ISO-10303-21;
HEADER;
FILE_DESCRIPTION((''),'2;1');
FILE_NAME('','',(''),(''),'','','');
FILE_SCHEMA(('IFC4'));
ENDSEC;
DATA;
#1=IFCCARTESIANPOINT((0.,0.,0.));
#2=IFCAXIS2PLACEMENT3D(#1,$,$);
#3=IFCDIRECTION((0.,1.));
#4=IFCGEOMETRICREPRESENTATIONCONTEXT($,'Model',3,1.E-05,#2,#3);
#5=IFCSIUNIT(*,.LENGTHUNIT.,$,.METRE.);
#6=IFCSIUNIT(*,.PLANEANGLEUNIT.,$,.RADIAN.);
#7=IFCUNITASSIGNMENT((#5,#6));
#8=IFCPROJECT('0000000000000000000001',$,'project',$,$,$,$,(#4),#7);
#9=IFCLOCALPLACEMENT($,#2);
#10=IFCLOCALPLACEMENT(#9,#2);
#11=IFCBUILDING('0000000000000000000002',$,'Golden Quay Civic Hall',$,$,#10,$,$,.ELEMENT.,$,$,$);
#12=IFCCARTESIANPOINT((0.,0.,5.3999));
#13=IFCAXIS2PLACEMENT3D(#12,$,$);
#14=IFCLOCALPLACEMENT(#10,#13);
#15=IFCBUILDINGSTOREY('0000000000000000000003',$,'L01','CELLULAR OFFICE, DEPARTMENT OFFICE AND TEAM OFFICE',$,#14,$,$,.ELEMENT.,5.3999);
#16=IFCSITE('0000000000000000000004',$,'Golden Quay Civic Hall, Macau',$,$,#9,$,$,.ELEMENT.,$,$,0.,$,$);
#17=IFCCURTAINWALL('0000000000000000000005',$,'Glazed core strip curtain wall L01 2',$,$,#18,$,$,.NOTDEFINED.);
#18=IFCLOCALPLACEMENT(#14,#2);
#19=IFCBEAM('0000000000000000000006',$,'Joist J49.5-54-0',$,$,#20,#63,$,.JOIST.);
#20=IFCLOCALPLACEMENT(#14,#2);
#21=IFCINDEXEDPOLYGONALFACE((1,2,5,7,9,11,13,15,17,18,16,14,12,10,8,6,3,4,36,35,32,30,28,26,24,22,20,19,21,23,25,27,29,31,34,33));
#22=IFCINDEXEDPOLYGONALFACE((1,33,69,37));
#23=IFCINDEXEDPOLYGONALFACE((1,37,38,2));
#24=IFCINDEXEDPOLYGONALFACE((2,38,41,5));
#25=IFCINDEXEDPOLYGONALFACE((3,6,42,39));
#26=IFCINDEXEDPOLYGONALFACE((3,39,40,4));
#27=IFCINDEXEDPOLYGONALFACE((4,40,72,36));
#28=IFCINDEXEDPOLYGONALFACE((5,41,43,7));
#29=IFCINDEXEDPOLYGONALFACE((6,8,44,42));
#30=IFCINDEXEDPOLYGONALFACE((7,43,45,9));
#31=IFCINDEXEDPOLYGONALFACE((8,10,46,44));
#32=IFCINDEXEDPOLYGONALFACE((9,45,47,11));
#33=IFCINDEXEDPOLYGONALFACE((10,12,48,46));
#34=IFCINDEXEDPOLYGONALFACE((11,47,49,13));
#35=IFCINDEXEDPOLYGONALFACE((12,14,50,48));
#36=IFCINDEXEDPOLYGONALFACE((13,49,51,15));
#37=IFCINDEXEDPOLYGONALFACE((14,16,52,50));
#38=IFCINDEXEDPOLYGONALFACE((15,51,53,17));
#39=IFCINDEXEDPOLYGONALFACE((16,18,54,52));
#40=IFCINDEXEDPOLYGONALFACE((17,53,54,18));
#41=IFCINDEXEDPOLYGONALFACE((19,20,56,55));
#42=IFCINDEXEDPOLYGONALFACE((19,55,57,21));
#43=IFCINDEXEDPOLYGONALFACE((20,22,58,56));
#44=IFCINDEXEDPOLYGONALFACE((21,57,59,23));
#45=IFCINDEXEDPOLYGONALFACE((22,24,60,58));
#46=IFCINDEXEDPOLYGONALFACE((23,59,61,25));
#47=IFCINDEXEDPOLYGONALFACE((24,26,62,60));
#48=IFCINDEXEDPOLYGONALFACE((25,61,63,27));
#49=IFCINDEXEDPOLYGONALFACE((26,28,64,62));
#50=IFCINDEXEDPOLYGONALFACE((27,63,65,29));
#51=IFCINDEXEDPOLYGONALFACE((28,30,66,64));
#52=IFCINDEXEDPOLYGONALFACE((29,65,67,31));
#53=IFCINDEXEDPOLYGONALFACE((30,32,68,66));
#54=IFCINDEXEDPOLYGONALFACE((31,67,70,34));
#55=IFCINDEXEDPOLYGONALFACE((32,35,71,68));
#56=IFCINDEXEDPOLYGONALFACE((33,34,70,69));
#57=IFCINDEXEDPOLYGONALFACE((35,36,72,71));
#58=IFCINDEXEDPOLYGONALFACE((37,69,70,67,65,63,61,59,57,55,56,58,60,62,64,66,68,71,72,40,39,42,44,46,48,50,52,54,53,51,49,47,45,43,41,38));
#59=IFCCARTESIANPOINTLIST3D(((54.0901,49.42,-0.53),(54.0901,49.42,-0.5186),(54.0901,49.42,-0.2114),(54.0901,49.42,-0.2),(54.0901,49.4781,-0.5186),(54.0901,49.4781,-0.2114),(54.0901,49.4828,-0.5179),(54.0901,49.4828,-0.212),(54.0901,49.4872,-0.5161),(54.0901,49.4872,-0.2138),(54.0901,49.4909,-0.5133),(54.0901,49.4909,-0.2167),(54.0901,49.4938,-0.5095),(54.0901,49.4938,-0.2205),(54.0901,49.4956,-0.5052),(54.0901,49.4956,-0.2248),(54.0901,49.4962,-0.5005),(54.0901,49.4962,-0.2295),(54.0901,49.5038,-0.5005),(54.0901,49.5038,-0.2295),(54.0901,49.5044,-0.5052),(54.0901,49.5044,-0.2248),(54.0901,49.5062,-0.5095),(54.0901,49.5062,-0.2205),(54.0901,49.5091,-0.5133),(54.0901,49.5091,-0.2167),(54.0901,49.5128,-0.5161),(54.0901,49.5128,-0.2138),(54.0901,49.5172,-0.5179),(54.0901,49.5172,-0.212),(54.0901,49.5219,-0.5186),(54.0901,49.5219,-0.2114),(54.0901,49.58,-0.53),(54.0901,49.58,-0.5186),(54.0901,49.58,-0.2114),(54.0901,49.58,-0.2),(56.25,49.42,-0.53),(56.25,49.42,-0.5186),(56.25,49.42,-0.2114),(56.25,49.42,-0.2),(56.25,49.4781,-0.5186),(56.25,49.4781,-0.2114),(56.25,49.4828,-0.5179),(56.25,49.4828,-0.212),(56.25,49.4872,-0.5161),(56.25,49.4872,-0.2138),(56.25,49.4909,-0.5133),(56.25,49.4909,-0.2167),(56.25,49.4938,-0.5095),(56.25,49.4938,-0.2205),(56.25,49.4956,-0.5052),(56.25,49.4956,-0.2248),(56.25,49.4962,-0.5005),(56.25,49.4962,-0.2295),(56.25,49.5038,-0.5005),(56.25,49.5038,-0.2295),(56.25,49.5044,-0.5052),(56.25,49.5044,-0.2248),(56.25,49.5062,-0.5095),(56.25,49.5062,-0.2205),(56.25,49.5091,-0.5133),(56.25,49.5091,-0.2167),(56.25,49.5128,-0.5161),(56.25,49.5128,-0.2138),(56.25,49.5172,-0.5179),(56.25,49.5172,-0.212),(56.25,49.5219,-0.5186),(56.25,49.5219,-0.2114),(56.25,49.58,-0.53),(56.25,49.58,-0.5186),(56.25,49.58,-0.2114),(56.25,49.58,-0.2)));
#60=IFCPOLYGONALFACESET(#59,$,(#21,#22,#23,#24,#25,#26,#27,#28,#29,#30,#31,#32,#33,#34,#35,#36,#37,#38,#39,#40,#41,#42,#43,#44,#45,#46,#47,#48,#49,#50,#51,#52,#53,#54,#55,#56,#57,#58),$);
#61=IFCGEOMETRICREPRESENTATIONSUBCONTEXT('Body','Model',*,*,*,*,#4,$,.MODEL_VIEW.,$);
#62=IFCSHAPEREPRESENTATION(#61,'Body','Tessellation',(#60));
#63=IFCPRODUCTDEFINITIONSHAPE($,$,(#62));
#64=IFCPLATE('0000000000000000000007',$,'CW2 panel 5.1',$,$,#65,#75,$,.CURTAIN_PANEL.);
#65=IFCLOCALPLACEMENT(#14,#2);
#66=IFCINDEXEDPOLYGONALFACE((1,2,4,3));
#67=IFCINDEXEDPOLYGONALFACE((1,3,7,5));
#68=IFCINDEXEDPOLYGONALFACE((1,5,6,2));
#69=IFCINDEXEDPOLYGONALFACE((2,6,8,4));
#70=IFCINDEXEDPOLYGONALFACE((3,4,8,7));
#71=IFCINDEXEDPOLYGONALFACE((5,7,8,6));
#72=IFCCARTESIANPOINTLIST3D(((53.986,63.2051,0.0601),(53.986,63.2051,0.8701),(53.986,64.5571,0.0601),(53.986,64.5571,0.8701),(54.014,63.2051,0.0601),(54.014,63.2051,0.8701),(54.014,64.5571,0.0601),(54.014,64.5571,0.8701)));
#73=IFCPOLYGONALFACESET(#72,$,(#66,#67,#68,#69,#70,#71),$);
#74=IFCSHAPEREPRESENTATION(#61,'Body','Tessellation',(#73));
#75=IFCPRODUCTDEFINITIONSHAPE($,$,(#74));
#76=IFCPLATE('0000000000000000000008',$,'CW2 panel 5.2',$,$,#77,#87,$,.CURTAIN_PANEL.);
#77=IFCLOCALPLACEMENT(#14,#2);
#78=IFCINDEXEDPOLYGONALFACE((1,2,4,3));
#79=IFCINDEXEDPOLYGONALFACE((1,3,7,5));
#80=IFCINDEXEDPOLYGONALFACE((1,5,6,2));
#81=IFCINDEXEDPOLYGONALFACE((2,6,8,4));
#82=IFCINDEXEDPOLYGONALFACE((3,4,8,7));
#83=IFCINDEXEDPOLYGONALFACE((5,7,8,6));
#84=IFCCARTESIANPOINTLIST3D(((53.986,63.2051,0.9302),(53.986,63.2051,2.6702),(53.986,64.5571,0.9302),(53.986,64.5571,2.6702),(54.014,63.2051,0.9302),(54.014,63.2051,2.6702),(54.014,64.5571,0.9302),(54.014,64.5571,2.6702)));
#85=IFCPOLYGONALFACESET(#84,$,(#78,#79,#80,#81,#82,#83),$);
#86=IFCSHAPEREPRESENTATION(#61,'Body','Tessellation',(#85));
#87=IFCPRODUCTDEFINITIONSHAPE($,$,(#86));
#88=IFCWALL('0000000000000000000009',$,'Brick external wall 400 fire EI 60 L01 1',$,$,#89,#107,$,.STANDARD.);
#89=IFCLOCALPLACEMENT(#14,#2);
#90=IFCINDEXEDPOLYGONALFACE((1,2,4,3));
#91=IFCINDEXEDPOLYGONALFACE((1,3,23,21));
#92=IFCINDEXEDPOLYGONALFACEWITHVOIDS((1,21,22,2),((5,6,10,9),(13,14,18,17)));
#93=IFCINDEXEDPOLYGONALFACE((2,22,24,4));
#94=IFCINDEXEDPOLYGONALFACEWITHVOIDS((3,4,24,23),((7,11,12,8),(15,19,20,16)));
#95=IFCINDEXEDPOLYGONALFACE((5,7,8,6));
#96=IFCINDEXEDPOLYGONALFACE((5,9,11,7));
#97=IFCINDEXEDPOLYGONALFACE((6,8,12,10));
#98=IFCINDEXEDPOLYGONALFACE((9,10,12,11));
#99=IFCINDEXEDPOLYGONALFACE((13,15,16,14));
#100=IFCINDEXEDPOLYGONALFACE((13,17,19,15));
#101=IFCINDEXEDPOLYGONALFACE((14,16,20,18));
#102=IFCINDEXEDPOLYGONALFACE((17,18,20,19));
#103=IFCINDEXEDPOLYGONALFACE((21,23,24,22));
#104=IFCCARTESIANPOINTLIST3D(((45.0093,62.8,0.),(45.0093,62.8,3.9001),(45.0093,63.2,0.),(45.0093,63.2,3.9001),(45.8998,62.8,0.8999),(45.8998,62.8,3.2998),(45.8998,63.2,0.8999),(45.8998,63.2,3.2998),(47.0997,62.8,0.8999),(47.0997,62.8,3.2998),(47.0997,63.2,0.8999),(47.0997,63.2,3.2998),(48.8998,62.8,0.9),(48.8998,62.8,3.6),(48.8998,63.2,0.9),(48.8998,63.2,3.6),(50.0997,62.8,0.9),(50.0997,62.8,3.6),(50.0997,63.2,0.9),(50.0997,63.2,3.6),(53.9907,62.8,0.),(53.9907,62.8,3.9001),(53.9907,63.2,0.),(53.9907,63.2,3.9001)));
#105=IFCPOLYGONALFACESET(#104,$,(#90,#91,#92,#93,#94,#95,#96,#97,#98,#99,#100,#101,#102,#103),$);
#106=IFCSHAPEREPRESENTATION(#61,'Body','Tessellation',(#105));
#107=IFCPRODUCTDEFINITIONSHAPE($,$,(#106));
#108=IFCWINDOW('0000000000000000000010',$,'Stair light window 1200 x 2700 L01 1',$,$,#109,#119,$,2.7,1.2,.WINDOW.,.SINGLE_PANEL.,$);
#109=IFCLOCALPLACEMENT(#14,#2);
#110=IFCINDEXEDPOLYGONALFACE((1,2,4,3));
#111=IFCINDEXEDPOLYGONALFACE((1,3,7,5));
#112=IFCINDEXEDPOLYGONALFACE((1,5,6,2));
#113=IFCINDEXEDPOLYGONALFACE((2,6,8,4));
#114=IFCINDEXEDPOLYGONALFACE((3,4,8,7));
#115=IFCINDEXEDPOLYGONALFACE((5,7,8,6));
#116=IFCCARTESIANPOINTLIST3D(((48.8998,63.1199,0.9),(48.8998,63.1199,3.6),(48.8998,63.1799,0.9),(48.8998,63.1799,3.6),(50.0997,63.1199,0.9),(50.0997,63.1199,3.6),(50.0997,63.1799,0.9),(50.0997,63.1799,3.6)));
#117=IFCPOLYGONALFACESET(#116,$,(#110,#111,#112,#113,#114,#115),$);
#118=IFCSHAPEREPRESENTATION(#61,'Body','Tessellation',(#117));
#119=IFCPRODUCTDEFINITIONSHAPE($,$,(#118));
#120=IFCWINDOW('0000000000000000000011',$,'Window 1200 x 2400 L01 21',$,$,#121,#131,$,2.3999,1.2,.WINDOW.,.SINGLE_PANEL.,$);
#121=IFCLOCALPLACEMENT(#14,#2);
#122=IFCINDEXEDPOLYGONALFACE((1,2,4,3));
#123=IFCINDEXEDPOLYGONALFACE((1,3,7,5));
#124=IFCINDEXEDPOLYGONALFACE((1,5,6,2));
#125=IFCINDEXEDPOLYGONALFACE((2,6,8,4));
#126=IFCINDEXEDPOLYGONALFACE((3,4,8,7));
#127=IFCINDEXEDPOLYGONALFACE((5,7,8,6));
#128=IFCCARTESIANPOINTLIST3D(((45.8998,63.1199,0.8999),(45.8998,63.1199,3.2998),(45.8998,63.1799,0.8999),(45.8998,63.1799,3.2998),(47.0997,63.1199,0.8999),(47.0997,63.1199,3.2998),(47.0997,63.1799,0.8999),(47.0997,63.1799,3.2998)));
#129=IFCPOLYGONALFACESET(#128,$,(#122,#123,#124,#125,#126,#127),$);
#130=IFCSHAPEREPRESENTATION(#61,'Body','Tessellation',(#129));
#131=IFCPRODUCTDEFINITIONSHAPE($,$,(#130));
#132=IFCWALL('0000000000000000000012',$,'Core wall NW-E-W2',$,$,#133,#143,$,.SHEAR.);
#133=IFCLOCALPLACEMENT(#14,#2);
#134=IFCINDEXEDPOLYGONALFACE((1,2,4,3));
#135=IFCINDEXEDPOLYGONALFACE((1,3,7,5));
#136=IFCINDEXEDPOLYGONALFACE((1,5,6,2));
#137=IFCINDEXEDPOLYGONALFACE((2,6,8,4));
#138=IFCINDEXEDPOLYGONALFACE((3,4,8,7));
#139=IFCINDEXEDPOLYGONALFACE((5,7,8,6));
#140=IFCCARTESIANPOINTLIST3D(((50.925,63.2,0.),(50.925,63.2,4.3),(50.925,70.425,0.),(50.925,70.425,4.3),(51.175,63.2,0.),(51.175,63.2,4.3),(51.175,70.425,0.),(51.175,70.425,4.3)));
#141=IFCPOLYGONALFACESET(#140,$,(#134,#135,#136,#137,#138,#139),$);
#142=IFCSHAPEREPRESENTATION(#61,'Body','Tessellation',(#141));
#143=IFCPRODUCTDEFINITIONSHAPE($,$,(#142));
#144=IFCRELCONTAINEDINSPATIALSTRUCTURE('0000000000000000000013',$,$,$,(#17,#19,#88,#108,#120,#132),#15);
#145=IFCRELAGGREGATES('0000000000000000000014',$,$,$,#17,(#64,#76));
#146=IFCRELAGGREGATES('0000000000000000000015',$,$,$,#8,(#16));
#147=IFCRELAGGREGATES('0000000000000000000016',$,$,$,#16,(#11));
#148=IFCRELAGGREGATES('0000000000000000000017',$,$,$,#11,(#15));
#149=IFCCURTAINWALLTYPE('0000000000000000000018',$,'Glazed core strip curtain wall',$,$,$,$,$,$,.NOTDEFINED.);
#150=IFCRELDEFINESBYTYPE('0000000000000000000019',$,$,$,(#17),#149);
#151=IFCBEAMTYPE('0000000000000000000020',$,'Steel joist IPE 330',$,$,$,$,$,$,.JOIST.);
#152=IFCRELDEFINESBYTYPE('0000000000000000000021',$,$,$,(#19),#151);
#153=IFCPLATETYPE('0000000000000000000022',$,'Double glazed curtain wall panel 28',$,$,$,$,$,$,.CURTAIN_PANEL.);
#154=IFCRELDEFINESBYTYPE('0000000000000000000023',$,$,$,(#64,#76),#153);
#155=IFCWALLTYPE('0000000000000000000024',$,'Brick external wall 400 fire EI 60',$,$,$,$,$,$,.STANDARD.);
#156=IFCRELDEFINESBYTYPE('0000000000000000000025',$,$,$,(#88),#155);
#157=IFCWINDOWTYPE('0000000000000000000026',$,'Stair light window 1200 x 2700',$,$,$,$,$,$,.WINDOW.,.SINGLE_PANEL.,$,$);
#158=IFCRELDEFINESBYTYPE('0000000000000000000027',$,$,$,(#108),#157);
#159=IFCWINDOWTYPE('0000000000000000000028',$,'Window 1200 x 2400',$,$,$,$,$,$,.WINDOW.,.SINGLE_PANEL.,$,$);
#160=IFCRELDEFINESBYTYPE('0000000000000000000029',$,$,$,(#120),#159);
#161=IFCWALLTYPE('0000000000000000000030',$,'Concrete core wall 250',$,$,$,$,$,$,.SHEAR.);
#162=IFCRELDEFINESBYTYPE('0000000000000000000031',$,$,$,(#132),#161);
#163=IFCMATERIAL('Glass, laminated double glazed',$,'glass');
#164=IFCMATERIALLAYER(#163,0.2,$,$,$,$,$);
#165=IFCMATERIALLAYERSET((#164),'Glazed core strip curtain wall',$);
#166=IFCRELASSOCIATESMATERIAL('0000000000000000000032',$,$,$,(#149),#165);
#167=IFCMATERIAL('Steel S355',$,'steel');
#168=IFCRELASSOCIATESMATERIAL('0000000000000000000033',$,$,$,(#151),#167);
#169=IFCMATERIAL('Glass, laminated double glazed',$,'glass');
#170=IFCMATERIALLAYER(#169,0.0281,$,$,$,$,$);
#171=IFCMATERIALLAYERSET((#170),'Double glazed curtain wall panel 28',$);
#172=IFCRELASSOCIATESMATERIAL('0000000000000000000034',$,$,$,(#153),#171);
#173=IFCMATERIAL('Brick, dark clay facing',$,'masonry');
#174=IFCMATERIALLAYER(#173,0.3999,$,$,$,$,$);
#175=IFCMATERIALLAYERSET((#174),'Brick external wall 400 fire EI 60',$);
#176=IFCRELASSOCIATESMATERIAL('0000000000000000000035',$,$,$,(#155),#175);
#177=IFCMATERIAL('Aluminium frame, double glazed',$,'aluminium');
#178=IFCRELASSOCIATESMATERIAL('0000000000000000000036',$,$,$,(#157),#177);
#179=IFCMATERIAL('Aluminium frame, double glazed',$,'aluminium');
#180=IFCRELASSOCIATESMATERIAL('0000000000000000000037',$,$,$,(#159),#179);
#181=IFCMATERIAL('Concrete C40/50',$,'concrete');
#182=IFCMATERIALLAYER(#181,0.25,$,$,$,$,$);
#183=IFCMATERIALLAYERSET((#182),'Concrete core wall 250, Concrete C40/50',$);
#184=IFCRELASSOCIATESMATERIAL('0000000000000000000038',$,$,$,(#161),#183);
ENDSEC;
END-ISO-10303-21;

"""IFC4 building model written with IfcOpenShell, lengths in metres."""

from ifc_helpers import new_model, si_unit, direction, frame, frame_2d, origin, origin_2d, place, context, subcontext, project, spatial, rectangle, i_section, extrude, material, layer, layer_set, material_profile, profile_set, type_object, element, fill, aggregate, save


model = new_model("IFC4")

# Units and contexts
model_context = context("Model", 3, precision=1e-05, world=origin(), true_north=direction((0.0, 1.0)))
body_context = subcontext(model_context, "Body", "Model", "MODEL_VIEW")
ifc_project = project(units=[si_unit("LENGTHUNIT", "METRE"), si_unit("PLANEANGLEUNIT", "RADIAN")], contexts=[model_context])

# Site, building, storey
site_placement = place(None, origin())
site = spatial("IfcSite", under=ifc_project, at=site_placement, Name="Golden Quay Civic Hall, Macau", CompositionType="ELEMENT", RefElevation=0.0)
building_placement = place(site_placement, origin())
building = spatial("IfcBuilding", under=site, at=building_placement, Name="Golden Quay Civic Hall", CompositionType="ELEMENT")
storey_placement = place(building_placement, frame((0.0, 0.0, 5.3999)))
storey = spatial("IfcBuildingStorey", under=building, at=storey_placement, Name="L01", Description="CELLULAR OFFICE, DEPARTMENT OFFICE AND TEAM OFFICE", CompositionType="ELEMENT", Elevation=5.3999)

# Curtain wall
ifc_material_1 = material(Name="Glass, laminated double glazed", Category="glass")
ifc_layer_1 = layer(ifc_material_1, 0.2)
ifc_layer_set_1 = layer_set([ifc_layer_1], Name="Glazed core strip curtain wall")
curtain_wall_type = type_object("IfcCurtainWallType", Name="Glazed core strip curtain wall", PredefinedType="NOTDEFINED", material=ifc_layer_set_1)
curtain_wall_placement = place(storey_placement, origin())
curtain_wall = element("IfcCurtainWall", 1, at=curtain_wall_placement, inside=storey, type_object=curtain_wall_type, Name="Glazed core strip curtain wall L01 2", PredefinedType="NOTDEFINED")

# Beam
ifc_material_2 = material(Name="Steel S355", Category="steel")
ifc_material_profile_1 = material_profile(ifc_material_2, i_section(OverallWidth=0.1599, OverallDepth=0.3301, WebThickness=0.0076, FlangeThickness=0.0115, FilletRadius=0.0181, at=origin_2d()), Name="IPE 330")
ifc_profile_set_1 = profile_set([ifc_material_profile_1], Name="Steel S355")
beam_type_1 = type_object("IfcBeamType", Name="Steel joist IPE 330", PredefinedType="JOIST", material=ifc_profile_set_1)
beam_1_placement = place(storey_placement, frame((54.0901, 49.5, -0.365), z_axis=(1.0, 0.0, 0.0), x_axis=(0.0, 1.0, 0.0)))
element("IfcBeam", 2, at=beam_1_placement, inside=storey, type_object=beam_type_1, Name="Joist J49.5-54-0", PredefinedType="JOIST", context=body_context, shape_type="SweptSolid", body=[
    extrude(i_section(OverallWidth=0.1599, OverallDepth=0.3301, WebThickness=0.0076, FlangeThickness=0.0115, FilletRadius=0.0181, at=origin_2d()), origin(), (0.0, 0.0, 1.0), 2.1599),
])

# Plates
ifc_material_3 = material(Name="Glass, laminated double glazed", Category="glass")
ifc_layer_2 = layer(ifc_material_3, 0.0281)
ifc_layer_set_2 = layer_set([ifc_layer_2], Name="Double glazed curtain wall panel 28")
plate_type = type_object("IfcPlateType", Name="Double glazed curtain wall panel 28", PredefinedType="CURTAIN_PANEL", material=ifc_layer_set_2)
plate_1_placement = place(storey_placement, frame((54.0, 63.8811, 0.0601), z_axis=(0.0, 0.0, 1.0), x_axis=(0.0, -1.0, 0.0)))
plate_1 = element("IfcPlate", 3, at=plate_1_placement, type_object=plate_type, Name="CW2 panel 5.1", PredefinedType="CURTAIN_PANEL", context=body_context, shape_type="SweptSolid", body=[
    extrude(rectangle(XDim=1.3521, YDim=0.0281, at=origin_2d()), origin(), (0.0, 0.0, 1.0), 0.8101),
])
plate_2_placement = place(storey_placement, frame((54.0, 63.8811, 0.9302), z_axis=(0.0, 0.0, 1.0), x_axis=(0.0, -1.0, 0.0)))
plate_2 = element("IfcPlate", 4, at=plate_2_placement, type_object=plate_type, Name="CW2 panel 5.2", PredefinedType="CURTAIN_PANEL", context=body_context, shape_type="SweptSolid", body=[
    extrude(rectangle(XDim=1.3521, YDim=0.0281, at=origin_2d()), origin(), (0.0, 0.0, 1.0), 1.74),
])
aggregate(curtain_wall, [plate_1, plate_2])

# Wall, openings, windows
ifc_material_4 = material(Name="Brick, dark clay facing", Category="masonry")
ifc_layer_3 = layer(ifc_material_4, 0.3999)
ifc_layer_set_3 = layer_set([ifc_layer_3], Name="Brick external wall 400 fire EI 60")
wall_type_1 = type_object("IfcWallType", Name="Brick external wall 400 fire EI 60", PredefinedType="STANDARD", material=ifc_layer_set_3)
wall_1_placement = place(storey_placement, frame((53.9907, 63.0, 0.0), z_axis=(0.0, 0.0, 1.0), x_axis=(-1.0, 0.0, 0.0)))
wall_1 = element("IfcWall", 5, at=wall_1_placement, inside=storey, type_object=wall_type_1, Name="Brick external wall 400 fire EI 60 L01 1", PredefinedType="STANDARD", context=body_context, shape_type="SweptSolid", body=[
    extrude(rectangle(XDim=8.9814, YDim=0.3999, at=frame_2d((4.4907, 0.0))), origin(), (0.0, 0.0, 1.0), 3.9001),
])
opening_1_placement = place(wall_1_placement, frame((6.8909, 0.0, 0.8999)))
opening_1 = element("IfcOpeningElement", 6, at=opening_1_placement, cuts=wall_1, PredefinedType="OPENING", context=body_context, shape_type="SweptSolid", body=[
    extrude(rectangle(XDim=1.2, YDim=2.3999, at=frame_2d((0.6001, 1.2))), frame((0.0, 0.21, 0.0), z_axis=(0.0, -1.0, 0.0), x_axis=(1.0, 0.0, 0.0)), (0.0, 0.0, 1.0), 0.4199),
])
opening_2_placement = place(wall_1_placement, frame((3.8909, 0.0, 0.8999)))
opening_2 = element("IfcOpeningElement", 7, at=opening_2_placement, cuts=wall_1, PredefinedType="OPENING", context=body_context, shape_type="SweptSolid", body=[
    extrude(rectangle(XDim=1.2, YDim=2.7, at=frame_2d((0.6001, 1.3501))), frame((0.0, 0.21, 0.0), z_axis=(0.0, -1.0, 0.0), x_axis=(1.0, 0.0, 0.0)), (0.0, 0.0, 1.0), 0.4199),
])
ifc_material_5 = material(Name="Aluminium frame, double glazed", Category="aluminium")
window_type_1 = type_object("IfcWindowType", Name="Stair light window 1200 x 2700", PartitioningType="SINGLE_PANEL", PredefinedType="WINDOW", material=ifc_material_5)
window_1_placement = place(opening_2_placement, origin())
window_1 = element("IfcWindow", 8, at=window_1_placement, inside=storey, type_object=window_type_1, Name="Stair light window 1200 x 2700 L01 1", OverallHeight=2.7, OverallWidth=1.2, PartitioningType="SINGLE_PANEL", PredefinedType="WINDOW", context=body_context, shape_type="SweptSolid", body=[
    extrude(rectangle(XDim=1.2, YDim=2.7, at=frame_2d((0.6001, 1.3501))), frame((0.0, -0.1199, 0.0), z_axis=(0.0, -1.0, 0.0), x_axis=(1.0, 0.0, 0.0)), (0.0, 0.0, 1.0), 0.0601),
])
fill(opening_2, window_1)
ifc_material_6 = material(Name="Aluminium frame, double glazed", Category="aluminium")
window_type_2 = type_object("IfcWindowType", Name="Window 1200 x 2400", PartitioningType="SINGLE_PANEL", PredefinedType="WINDOW", material=ifc_material_6)
window_2_placement = place(opening_1_placement, origin())
window_2 = element("IfcWindow", 9, at=window_2_placement, inside=storey, type_object=window_type_2, Name="Window 1200 x 2400 L01 21", OverallHeight=2.3999, OverallWidth=1.2, PartitioningType="SINGLE_PANEL", PredefinedType="WINDOW", context=body_context, shape_type="SweptSolid", body=[
    extrude(rectangle(XDim=1.2, YDim=2.3999, at=frame_2d((0.6001, 1.2))), frame((0.0, -0.1199, 0.0), z_axis=(0.0, -1.0, 0.0), x_axis=(1.0, 0.0, 0.0)), (0.0, 0.0, 1.0), 0.0601),
])
fill(opening_1, window_2)

# Wall
ifc_material_7 = material(Name="Concrete C40/50", Category="concrete")
ifc_layer_4 = layer(ifc_material_7, 0.25)
ifc_layer_set_4 = layer_set([ifc_layer_4], Name="Concrete core wall 250, Concrete C40/50")
wall_type_2 = type_object("IfcWallType", Name="Concrete core wall 250", PredefinedType="SHEAR", material=ifc_layer_set_4)
wall_2_placement = place(storey_placement, frame((51.05, 63.2, 0.0), z_axis=(0.0, 0.0, 1.0), x_axis=(0.0, 1.0, 0.0)))
element("IfcWall", 10, at=wall_2_placement, inside=storey, type_object=wall_type_2, Name="Core wall NW-E-W2", PredefinedType="SHEAR", context=body_context, shape_type="SweptSolid", body=[
    extrude(rectangle(XDim=7.2251, YDim=0.25, at=frame_2d((3.6125, 0.0))), origin(), (0.0, 0.0, 1.0), 4.3),
])

save(model, "model.ifc")
